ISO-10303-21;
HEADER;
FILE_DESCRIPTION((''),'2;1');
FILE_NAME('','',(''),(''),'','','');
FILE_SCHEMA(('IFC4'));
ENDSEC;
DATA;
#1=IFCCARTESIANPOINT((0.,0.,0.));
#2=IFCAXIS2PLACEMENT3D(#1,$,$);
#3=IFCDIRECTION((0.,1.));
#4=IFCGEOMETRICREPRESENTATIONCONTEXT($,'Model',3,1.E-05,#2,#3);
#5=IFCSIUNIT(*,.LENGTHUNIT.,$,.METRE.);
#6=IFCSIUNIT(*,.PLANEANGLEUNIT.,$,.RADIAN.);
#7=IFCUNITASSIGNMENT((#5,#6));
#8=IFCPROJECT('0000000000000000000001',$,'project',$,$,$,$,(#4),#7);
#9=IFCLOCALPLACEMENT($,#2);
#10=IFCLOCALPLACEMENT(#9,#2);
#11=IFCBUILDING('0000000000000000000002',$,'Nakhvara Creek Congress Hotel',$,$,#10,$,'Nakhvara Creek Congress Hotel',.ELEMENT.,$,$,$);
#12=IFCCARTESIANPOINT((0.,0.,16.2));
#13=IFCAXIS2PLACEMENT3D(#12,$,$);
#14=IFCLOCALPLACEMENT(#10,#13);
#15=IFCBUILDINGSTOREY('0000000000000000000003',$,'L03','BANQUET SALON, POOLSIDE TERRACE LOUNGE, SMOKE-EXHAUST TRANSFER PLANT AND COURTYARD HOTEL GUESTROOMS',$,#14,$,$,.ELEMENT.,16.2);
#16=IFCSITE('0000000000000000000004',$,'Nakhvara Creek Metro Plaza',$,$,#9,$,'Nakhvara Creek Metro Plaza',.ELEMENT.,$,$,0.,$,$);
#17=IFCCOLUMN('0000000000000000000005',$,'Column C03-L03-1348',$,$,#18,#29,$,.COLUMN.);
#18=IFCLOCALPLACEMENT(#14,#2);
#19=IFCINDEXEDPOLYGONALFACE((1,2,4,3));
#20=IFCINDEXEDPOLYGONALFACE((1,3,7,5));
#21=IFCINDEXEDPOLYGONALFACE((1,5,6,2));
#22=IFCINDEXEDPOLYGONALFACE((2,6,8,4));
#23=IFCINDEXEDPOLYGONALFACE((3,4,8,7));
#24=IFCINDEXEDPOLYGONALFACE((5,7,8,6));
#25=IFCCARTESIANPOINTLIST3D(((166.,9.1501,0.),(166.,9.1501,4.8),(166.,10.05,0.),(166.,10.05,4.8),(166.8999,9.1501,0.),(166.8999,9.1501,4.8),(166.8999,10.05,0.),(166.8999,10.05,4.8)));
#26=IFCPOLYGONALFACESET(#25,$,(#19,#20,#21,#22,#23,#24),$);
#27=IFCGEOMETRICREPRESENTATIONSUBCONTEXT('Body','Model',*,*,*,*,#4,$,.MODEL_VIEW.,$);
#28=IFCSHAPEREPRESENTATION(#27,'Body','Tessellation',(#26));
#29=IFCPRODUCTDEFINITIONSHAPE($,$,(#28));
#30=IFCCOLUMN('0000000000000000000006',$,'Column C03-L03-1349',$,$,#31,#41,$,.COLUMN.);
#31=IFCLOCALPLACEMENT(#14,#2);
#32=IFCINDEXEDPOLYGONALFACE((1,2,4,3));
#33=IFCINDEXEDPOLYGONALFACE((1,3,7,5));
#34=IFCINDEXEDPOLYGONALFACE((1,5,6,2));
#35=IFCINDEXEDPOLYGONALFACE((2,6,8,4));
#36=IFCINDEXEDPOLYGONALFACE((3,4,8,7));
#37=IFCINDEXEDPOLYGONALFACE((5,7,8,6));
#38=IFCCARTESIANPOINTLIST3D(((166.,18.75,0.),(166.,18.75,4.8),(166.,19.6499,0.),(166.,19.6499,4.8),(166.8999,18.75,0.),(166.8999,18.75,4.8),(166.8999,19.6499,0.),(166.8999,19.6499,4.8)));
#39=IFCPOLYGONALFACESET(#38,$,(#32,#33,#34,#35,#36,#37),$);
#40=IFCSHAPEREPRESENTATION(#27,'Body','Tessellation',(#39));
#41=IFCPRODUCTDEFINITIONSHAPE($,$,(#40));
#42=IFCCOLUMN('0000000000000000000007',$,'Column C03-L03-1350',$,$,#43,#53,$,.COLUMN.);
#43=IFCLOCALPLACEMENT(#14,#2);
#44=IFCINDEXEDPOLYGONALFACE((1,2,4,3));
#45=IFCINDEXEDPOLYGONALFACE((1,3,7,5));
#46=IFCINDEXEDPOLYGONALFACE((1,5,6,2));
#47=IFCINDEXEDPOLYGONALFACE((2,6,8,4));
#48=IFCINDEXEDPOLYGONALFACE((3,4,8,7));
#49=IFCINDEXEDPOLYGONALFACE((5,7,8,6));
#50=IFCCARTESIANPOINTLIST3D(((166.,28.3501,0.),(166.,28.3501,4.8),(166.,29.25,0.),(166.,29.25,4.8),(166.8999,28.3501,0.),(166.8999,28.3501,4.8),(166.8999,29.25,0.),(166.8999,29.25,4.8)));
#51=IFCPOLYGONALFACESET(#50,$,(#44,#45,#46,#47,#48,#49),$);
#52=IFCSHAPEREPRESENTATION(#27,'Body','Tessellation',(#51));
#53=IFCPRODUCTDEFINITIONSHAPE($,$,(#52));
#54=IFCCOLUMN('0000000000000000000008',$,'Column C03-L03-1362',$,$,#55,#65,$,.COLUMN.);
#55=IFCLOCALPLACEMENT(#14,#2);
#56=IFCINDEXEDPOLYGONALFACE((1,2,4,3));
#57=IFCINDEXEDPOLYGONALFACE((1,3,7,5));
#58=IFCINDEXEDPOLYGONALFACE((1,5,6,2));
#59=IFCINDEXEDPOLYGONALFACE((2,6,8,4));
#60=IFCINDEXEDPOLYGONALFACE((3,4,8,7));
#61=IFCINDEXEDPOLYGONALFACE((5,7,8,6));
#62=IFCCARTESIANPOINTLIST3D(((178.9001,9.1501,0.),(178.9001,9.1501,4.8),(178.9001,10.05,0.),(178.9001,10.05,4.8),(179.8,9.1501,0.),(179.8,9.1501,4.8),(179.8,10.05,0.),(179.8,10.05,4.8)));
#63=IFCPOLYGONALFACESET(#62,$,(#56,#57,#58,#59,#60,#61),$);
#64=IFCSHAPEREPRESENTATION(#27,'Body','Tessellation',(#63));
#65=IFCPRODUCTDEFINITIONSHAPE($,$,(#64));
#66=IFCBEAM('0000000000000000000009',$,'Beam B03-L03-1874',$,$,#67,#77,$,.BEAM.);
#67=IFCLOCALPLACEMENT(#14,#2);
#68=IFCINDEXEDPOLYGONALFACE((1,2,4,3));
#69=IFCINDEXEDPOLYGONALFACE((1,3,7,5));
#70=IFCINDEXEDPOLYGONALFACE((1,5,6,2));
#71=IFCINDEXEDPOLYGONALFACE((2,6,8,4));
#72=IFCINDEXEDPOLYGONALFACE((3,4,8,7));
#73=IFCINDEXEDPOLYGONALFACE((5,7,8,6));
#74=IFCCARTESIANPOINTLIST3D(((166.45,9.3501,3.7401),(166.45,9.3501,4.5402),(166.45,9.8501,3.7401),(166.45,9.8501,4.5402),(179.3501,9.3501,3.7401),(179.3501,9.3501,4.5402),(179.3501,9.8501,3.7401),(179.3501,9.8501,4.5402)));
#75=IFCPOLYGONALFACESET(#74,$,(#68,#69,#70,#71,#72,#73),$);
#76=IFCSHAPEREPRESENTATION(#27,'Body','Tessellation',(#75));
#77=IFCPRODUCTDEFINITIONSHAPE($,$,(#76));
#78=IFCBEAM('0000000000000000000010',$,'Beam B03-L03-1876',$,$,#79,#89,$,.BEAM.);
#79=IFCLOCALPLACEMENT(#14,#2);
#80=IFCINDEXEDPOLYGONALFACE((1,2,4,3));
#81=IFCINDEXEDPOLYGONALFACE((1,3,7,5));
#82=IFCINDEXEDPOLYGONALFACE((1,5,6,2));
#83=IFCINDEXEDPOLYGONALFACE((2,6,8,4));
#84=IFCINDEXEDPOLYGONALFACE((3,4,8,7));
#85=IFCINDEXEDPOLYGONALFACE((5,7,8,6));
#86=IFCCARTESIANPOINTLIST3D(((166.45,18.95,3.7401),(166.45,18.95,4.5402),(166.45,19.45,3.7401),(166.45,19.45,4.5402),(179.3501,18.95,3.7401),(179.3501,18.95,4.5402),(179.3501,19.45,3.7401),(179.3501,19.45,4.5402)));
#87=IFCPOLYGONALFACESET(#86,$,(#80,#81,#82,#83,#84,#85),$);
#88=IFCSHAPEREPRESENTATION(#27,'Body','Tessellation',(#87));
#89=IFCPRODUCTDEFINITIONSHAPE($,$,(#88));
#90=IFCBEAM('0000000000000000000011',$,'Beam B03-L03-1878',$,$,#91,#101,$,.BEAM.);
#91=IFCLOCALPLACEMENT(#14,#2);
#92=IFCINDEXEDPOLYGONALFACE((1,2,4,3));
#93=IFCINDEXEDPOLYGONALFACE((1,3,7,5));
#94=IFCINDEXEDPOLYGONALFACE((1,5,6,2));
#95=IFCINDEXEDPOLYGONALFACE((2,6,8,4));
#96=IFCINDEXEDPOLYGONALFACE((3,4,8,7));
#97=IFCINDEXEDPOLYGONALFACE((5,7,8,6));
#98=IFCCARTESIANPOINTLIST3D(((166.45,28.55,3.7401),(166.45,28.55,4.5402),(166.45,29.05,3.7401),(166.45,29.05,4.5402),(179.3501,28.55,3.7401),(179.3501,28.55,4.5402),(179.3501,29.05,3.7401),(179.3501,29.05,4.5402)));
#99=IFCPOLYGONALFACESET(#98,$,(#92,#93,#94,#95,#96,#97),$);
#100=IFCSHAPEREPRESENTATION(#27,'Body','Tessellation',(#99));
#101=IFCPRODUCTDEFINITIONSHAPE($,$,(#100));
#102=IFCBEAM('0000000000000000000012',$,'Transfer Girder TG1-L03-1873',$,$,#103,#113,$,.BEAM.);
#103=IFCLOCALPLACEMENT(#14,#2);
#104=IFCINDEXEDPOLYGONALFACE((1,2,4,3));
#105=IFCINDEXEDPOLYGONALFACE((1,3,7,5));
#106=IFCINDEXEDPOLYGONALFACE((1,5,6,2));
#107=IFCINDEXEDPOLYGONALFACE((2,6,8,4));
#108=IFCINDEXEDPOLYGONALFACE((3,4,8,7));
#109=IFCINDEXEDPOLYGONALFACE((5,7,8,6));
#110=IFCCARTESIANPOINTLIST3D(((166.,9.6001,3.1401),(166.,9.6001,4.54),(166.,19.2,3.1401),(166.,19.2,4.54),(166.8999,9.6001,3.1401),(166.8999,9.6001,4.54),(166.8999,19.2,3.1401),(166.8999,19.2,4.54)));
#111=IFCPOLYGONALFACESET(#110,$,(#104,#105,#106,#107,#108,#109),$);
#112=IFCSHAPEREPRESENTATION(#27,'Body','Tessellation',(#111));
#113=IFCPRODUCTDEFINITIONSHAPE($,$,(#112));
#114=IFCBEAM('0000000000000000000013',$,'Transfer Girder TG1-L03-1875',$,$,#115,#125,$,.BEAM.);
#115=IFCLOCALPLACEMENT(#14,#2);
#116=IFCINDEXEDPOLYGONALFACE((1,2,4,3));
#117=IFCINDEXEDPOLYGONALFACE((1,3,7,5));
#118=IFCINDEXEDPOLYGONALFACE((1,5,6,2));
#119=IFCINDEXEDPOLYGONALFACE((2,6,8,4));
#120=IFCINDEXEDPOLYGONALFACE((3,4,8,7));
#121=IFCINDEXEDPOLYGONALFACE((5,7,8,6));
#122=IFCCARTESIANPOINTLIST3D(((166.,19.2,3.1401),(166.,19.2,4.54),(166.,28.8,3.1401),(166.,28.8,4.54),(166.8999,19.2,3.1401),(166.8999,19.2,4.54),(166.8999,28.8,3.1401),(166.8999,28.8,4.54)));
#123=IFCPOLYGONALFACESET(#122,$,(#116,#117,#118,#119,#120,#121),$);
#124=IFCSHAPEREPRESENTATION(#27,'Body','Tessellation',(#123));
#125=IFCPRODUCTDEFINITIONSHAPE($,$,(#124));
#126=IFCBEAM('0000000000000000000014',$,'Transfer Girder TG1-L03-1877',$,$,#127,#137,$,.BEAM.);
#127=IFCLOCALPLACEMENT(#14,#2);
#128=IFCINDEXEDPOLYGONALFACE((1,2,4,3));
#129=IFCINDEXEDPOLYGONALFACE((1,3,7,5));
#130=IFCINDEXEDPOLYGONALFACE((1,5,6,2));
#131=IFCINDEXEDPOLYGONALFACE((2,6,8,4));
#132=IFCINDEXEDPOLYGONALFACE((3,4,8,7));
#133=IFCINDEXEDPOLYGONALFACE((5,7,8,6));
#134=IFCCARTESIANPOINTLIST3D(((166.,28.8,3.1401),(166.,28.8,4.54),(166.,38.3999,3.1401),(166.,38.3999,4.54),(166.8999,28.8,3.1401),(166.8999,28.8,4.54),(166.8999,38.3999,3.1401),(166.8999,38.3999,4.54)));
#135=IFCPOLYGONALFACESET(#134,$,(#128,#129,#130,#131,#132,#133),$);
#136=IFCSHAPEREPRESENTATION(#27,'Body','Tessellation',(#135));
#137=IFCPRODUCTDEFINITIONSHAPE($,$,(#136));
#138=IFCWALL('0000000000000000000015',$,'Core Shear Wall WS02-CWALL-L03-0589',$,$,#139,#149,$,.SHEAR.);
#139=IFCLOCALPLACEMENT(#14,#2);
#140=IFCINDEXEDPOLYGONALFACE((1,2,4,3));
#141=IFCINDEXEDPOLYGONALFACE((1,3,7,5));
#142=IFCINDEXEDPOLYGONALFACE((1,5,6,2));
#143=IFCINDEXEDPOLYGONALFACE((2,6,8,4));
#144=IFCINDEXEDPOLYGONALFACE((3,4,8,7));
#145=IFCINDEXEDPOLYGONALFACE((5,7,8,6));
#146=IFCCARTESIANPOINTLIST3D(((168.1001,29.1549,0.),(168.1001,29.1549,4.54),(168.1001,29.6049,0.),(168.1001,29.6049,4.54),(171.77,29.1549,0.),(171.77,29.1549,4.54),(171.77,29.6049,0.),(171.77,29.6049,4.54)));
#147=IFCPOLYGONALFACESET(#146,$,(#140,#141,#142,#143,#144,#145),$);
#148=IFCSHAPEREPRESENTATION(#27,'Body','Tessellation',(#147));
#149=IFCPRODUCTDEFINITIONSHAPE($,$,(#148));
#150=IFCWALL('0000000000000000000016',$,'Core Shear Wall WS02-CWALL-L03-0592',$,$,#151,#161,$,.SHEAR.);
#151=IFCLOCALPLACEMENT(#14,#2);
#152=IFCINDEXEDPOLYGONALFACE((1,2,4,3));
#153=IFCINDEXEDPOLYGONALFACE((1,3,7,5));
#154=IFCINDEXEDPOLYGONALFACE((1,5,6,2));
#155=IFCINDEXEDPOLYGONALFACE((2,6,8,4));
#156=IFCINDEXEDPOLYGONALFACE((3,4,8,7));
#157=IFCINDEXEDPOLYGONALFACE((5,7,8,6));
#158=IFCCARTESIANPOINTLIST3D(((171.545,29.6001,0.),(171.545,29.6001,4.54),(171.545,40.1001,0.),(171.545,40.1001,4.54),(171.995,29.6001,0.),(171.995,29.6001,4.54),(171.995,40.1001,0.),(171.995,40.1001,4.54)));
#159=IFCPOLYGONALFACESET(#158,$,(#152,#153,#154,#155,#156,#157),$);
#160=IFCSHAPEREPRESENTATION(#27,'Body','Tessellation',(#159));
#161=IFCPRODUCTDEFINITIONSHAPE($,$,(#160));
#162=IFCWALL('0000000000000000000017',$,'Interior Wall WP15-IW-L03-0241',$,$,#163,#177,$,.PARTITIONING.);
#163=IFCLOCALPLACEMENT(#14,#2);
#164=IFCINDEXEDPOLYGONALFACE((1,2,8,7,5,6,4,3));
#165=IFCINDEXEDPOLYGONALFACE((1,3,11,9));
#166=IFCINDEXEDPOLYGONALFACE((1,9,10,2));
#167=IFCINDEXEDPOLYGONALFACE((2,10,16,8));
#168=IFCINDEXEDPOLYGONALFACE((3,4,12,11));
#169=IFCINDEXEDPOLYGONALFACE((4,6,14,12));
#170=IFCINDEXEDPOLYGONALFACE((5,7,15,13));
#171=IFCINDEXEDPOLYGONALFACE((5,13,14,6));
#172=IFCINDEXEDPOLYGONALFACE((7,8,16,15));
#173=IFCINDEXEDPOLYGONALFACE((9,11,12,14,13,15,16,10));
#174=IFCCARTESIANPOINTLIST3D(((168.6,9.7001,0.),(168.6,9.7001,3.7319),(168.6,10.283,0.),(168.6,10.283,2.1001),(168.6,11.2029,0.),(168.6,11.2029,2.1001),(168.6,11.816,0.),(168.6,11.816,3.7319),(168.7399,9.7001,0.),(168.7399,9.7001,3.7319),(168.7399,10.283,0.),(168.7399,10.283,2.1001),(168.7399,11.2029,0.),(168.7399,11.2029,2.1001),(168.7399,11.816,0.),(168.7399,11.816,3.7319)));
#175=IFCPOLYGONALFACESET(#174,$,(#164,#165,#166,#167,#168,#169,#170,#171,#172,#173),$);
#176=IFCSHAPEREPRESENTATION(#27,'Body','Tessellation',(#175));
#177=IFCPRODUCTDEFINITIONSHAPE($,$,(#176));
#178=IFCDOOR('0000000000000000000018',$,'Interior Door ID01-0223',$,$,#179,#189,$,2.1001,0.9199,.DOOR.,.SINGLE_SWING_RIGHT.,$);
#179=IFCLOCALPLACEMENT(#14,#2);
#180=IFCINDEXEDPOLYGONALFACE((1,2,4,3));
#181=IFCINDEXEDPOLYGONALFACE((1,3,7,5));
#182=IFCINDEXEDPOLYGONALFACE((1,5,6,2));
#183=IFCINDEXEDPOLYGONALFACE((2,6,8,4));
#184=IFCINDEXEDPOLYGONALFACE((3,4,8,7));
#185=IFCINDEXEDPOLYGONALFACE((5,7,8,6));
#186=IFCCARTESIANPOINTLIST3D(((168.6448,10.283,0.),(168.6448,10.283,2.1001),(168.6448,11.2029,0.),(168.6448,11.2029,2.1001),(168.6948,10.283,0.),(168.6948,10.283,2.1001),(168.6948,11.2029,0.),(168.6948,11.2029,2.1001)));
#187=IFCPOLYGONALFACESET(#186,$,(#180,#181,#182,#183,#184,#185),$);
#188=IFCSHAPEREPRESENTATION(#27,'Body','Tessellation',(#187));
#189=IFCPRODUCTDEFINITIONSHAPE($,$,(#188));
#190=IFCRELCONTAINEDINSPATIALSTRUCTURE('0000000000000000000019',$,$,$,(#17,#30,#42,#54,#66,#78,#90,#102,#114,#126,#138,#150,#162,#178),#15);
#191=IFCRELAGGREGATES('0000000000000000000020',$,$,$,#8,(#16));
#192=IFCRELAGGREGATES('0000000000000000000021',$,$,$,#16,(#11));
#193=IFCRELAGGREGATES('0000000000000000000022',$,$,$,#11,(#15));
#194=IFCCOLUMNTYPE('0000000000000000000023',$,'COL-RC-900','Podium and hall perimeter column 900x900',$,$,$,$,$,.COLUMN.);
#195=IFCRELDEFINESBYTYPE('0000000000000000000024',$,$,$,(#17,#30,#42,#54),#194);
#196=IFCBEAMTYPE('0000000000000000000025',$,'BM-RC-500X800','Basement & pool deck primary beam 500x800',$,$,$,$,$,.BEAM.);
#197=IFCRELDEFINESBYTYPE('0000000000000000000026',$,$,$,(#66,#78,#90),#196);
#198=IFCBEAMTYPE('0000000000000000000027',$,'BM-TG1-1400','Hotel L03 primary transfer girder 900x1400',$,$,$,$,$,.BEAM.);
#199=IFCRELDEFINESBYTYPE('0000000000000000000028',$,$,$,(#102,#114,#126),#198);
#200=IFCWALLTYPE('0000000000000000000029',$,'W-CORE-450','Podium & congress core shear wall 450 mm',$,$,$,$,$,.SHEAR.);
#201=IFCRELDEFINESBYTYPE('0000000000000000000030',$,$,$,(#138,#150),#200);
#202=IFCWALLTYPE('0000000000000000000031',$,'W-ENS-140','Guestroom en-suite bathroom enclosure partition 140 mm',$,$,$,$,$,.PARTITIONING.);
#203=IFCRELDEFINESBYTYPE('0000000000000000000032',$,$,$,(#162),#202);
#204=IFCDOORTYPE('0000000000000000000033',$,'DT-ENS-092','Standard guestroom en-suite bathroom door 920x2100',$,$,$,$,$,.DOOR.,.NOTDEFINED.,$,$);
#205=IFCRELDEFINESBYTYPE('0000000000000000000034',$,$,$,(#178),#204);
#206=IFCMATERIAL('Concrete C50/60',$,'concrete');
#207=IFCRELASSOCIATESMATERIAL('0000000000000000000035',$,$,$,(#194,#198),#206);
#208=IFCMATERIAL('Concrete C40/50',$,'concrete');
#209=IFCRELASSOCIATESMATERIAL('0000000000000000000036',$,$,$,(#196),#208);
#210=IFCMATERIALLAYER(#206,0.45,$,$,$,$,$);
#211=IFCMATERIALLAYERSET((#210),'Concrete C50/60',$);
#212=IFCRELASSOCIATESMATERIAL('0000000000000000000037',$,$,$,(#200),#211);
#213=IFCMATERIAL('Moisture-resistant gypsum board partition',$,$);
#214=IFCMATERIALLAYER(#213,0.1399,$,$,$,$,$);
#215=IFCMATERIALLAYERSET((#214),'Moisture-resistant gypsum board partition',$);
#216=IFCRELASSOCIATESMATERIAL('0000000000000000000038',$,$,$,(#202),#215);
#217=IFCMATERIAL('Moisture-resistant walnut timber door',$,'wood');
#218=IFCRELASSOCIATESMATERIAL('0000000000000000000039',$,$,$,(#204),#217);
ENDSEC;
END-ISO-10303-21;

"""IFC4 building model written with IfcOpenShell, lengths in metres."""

from ifc_helpers import new_model, si_unit, direction, frame, frame_2d, origin, origin_2d, place, context, subcontext, project, spatial, rectangle, extrude, material, layer, layer_set, material_profile, profile_set, type_object, element, fill, save


model = new_model("IFC4")

# Units and contexts
model_context = context("Model", 3, precision=1e-05, world=origin(), true_north=direction((0.0, 1.0)))
body_context = subcontext(model_context, "Body", "Model", "MODEL_VIEW")
ifc_project = project(units=[si_unit("LENGTHUNIT", "METRE"), si_unit("PLANEANGLEUNIT", "RADIAN")], contexts=[model_context])

# Site, building, storey
site_placement = place(None, origin())
site = spatial("IfcSite", under=ifc_project, at=site_placement, Name="Nakhvara Creek Metro Plaza", LongName="Nakhvara Creek Metro Plaza", CompositionType="ELEMENT", RefElevation=0.0)
building_placement = place(site_placement, origin())
building = spatial("IfcBuilding", under=site, at=building_placement, Name="Nakhvara Creek Congress Hotel", LongName="Nakhvara Creek Congress Hotel", CompositionType="ELEMENT")
storey_placement = place(building_placement, frame((0.0, 0.0, 16.2)))
storey = spatial("IfcBuildingStorey", under=building, at=storey_placement, Name="L03", Description="BANQUET SALON, POOLSIDE TERRACE LOUNGE, SMOKE-EXHAUST TRANSFER PLANT AND COURTYARD HOTEL GUESTROOMS", CompositionType="ELEMENT", Elevation=16.2)

# Columns
ifc_material_1 = material(Name="Concrete C50/60", Category="concrete")
ifc_material_profile_1 = material_profile(ifc_material_1, rectangle(XDim=0.8999, YDim=0.8999, at=origin_2d()), Name="RC-COL 900x900", Category="LoadBearing")
ifc_profile_set_1 = profile_set([ifc_material_profile_1], Name="Concrete C50/60")
column_type = type_object("IfcColumnType", Name="COL-RC-900", Description="Podium and hall perimeter column 900x900", PredefinedType="COLUMN", material=ifc_profile_set_1)
for number, where, z_axis, x_axis, name in (
    (1, (166.45, 9.6001, 0.0), (0.0, 0.0, 1.0), (1.0, 0.0, 0.0), "Column C03-L03-1348"),
    (2, (166.45, 19.2, 0.0), (0.0, 0.0, 1.0), (1.0, 0.0, 0.0), "Column C03-L03-1349"),
    (3, (166.45, 28.8, 0.0), (0.0, 0.0, 1.0), (1.0, 0.0, 0.0), "Column C03-L03-1350"),
    (4, (179.3501, 9.6001, 0.0), (0.0, 0.0, 1.0), (1.0, 0.0, 0.0), "Column C03-L03-1362"),
):
    element("IfcColumn", number, at=place(storey_placement, frame(where, z_axis=z_axis, x_axis=x_axis)), inside=storey, type_object=column_type, Name=name, PredefinedType="COLUMN", context=body_context, shape_type="SweptSolid", body=[
        extrude(rectangle(XDim=0.8999, YDim=0.8999, at=origin_2d()), origin(), (0.0, 0.0, 1.0), 4.8),
    ])

# Beams
ifc_material_2 = material(Name="Concrete C40/50", Category="concrete")
ifc_material_profile_2 = material_profile(ifc_material_2, rectangle(XDim=0.5, YDim=0.8, at=origin_2d()), Name="RC-BM 500x800", Category="LoadBearing")
ifc_profile_set_2 = profile_set([ifc_material_profile_2], Name="Concrete C40/50")
beam_type_1 = type_object("IfcBeamType", Name="BM-RC-500X800", Description="Basement & pool deck primary beam 500x800", PredefinedType="BEAM", material=ifc_profile_set_2)
for number, where, z_axis, x_axis, name in (
    (5, (166.45, 9.6001, 4.1401), (1.0, 0.0, 0.0), (0.0, 1.0, 0.0), "Beam B03-L03-1874"),
    (6, (166.45, 19.2, 4.1401), (1.0, 0.0, 0.0), (0.0, 1.0, 0.0), "Beam B03-L03-1876"),
    (7, (166.45, 28.8, 4.1401), (1.0, 0.0, 0.0), (0.0, 1.0, 0.0), "Beam B03-L03-1878"),
):
    element("IfcBeam", number, at=place(storey_placement, frame(where, z_axis=z_axis, x_axis=x_axis)), inside=storey, type_object=beam_type_1, Name=name, PredefinedType="BEAM", context=body_context, shape_type="SweptSolid", body=[
        extrude(rectangle(XDim=0.5, YDim=0.8, at=origin_2d()), origin(), (0.0, 0.0, 1.0), 12.9001),
    ])
ifc_material_profile_3 = material_profile(ifc_material_1, rectangle(XDim=0.8999, YDim=1.3999, at=origin_2d()), Name="RC-TG 900x1400", Category="LoadBearing")
ifc_profile_set_3 = profile_set([ifc_material_profile_3], Name="Concrete C50/60")
beam_type_2 = type_object("IfcBeamType", Name="BM-TG1-1400", Description="Hotel L03 primary transfer girder 900x1400", PredefinedType="BEAM", material=ifc_profile_set_3)
beam_1_placement = place(storey_placement, frame((166.45, 9.6001, 3.8401), z_axis=(0.0, 1.0, 0.0), x_axis=(-1.0, 0.0, 0.0)))
element("IfcBeam", 8, at=beam_1_placement, inside=storey, type_object=beam_type_2, Name="Transfer Girder TG1-L03-1873", PredefinedType="BEAM", context=body_context, shape_type="SweptSolid", body=[
    extrude(rectangle(XDim=0.8999, YDim=1.3999, at=origin_2d()), origin(), (0.0, 0.0, 1.0), 9.5999),
])
beam_2_placement = place(storey_placement, frame((166.45, 19.2, 3.8401), z_axis=(0.0, 1.0, 0.0), x_axis=(-1.0, 0.0, 0.0)))
element("IfcBeam", 9, at=beam_2_placement, inside=storey, type_object=beam_type_2, Name="Transfer Girder TG1-L03-1875", PredefinedType="BEAM", context=body_context, shape_type="SweptSolid", body=[
    extrude(rectangle(XDim=0.8999, YDim=1.3999, at=origin_2d()), origin(), (0.0, 0.0, 1.0), 9.6001),
])
beam_3_placement = place(storey_placement, frame((166.45, 28.8, 3.8401), z_axis=(0.0, 1.0, 0.0), x_axis=(-1.0, 0.0, 0.0)))
element("IfcBeam", 10, at=beam_3_placement, inside=storey, type_object=beam_type_2, Name="Transfer Girder TG1-L03-1877", PredefinedType="BEAM", context=body_context, shape_type="SweptSolid", body=[
    extrude(rectangle(XDim=0.8999, YDim=1.3999, at=origin_2d()), origin(), (0.0, 0.0, 1.0), 9.5999),
])

# Wall
ifc_layer_1 = layer(ifc_material_1, 0.45)
ifc_layer_set_1 = layer_set([ifc_layer_1], Name="Concrete C50/60")
wall_type_1 = type_object("IfcWallType", Name="W-CORE-450", Description="Podium & congress core shear wall 450 mm", PredefinedType="SHEAR", material=ifc_layer_set_1)
wall_1_placement = place(storey_placement, frame((168.1001, 29.3799, 0.0), z_axis=(0.0, 0.0, 1.0), x_axis=(1.0, 0.0, 0.0)))
element("IfcWall", 11, at=wall_1_placement, inside=storey, type_object=wall_type_1, Name="Core Shear Wall WS02-CWALL-L03-0589", PredefinedType="SHEAR", context=body_context, shape_type="SweptSolid", body=[
    extrude(rectangle(XDim=3.6699, YDim=0.45, at=frame_2d((1.835, 0.0))), origin(), (0.0, 0.0, 1.0), 4.54),
])

# Wall
wall_2_placement = place(storey_placement, frame((171.77, 29.6001, 0.0), z_axis=(0.0, 0.0, 1.0), x_axis=(0.0, 1.0, 0.0)))
element("IfcWall", 12, at=wall_2_placement, inside=storey, type_object=wall_type_1, Name="Core Shear Wall WS02-CWALL-L03-0592", PredefinedType="SHEAR", context=body_context, shape_type="SweptSolid", body=[
    extrude(rectangle(XDim=10.5, YDim=0.45, at=frame_2d((5.25, 0.0))), origin(), (0.0, 0.0, 1.0), 4.54),
])

# Wall, opening, door
ifc_material_3 = material(Name="Moisture-resistant gypsum board partition")
ifc_layer_2 = layer(ifc_material_3, 0.1399)
ifc_layer_set_2 = layer_set([ifc_layer_2], Name="Moisture-resistant gypsum board partition")
wall_type_2 = type_object("IfcWallType", Name="W-ENS-140", Description="Guestroom en-suite bathroom enclosure partition 140 mm", PredefinedType="PARTITIONING", material=ifc_layer_set_2)
wall_3_placement = place(storey_placement, frame((168.6699, 9.7, 0.0), z_axis=(0.0, 0.0, 1.0), x_axis=(0.0, 1.0, 0.0)))
wall_3 = element("IfcWall", 13, at=wall_3_placement, inside=storey, type_object=wall_type_2, Name="Interior Wall WP15-IW-L03-0241", PredefinedType="PARTITIONING", context=body_context, shape_type="SweptSolid", body=[
    extrude(rectangle(XDim=2.116, YDim=0.1399, at=frame_2d((1.0581, 0.0))), origin(), (0.0, 0.0, 1.0), 3.7319),
])
opening_1_placement = place(wall_3_placement, frame((0.583, 0.0, 0.0)))
opening_1 = element("IfcOpeningElement", 14, at=opening_1_placement, cuts=wall_3, PredefinedType="OPENING", context=body_context, shape_type="SweptSolid", body=[
    extrude(rectangle(XDim=0.9199, YDim=2.1001, at=frame_2d((0.46, 1.05))), frame((0.0, 0.082, 0.0), z_axis=(0.0, -1.0, 0.0), x_axis=(1.0, 0.0, 0.0)), (0.0, 0.0, 1.0), 0.1638),
])
ifc_material_4 = material(Name="Moisture-resistant walnut timber door", Category="wood")
door_type_1 = type_object("IfcDoorType", Name="DT-ENS-092", Description="Standard guestroom en-suite bathroom door 920x2100", OperationType="NOTDEFINED", PredefinedType="DOOR", material=ifc_material_4)
door_1_placement = place(opening_1_placement, frame((0.9199, 0.0, 0.0), z_axis=(0.0, 0.0, 1.0), x_axis=(-1.0, 0.0, 0.0)))
door_1 = element("IfcDoor", 15, at=door_1_placement, inside=storey, type_object=door_type_1, Name="Interior Door ID01-0223", OperationType="SINGLE_SWING_RIGHT", OverallHeight=2.1001, OverallWidth=0.9199, PredefinedType="DOOR", context=body_context, shape_type="SweptSolid", body=[
    extrude(rectangle(XDim=0.9199, YDim=2.1001, at=frame_2d((0.46, 1.05))), frame((0.0, 0.0249, 0.0), z_axis=(0.0, -1.0, 0.0), x_axis=(1.0, 0.0, 0.0)), (0.0, 0.0, 1.0), 0.05),
])
fill(opening_1, door_1)

save(model, "model.ifc")
